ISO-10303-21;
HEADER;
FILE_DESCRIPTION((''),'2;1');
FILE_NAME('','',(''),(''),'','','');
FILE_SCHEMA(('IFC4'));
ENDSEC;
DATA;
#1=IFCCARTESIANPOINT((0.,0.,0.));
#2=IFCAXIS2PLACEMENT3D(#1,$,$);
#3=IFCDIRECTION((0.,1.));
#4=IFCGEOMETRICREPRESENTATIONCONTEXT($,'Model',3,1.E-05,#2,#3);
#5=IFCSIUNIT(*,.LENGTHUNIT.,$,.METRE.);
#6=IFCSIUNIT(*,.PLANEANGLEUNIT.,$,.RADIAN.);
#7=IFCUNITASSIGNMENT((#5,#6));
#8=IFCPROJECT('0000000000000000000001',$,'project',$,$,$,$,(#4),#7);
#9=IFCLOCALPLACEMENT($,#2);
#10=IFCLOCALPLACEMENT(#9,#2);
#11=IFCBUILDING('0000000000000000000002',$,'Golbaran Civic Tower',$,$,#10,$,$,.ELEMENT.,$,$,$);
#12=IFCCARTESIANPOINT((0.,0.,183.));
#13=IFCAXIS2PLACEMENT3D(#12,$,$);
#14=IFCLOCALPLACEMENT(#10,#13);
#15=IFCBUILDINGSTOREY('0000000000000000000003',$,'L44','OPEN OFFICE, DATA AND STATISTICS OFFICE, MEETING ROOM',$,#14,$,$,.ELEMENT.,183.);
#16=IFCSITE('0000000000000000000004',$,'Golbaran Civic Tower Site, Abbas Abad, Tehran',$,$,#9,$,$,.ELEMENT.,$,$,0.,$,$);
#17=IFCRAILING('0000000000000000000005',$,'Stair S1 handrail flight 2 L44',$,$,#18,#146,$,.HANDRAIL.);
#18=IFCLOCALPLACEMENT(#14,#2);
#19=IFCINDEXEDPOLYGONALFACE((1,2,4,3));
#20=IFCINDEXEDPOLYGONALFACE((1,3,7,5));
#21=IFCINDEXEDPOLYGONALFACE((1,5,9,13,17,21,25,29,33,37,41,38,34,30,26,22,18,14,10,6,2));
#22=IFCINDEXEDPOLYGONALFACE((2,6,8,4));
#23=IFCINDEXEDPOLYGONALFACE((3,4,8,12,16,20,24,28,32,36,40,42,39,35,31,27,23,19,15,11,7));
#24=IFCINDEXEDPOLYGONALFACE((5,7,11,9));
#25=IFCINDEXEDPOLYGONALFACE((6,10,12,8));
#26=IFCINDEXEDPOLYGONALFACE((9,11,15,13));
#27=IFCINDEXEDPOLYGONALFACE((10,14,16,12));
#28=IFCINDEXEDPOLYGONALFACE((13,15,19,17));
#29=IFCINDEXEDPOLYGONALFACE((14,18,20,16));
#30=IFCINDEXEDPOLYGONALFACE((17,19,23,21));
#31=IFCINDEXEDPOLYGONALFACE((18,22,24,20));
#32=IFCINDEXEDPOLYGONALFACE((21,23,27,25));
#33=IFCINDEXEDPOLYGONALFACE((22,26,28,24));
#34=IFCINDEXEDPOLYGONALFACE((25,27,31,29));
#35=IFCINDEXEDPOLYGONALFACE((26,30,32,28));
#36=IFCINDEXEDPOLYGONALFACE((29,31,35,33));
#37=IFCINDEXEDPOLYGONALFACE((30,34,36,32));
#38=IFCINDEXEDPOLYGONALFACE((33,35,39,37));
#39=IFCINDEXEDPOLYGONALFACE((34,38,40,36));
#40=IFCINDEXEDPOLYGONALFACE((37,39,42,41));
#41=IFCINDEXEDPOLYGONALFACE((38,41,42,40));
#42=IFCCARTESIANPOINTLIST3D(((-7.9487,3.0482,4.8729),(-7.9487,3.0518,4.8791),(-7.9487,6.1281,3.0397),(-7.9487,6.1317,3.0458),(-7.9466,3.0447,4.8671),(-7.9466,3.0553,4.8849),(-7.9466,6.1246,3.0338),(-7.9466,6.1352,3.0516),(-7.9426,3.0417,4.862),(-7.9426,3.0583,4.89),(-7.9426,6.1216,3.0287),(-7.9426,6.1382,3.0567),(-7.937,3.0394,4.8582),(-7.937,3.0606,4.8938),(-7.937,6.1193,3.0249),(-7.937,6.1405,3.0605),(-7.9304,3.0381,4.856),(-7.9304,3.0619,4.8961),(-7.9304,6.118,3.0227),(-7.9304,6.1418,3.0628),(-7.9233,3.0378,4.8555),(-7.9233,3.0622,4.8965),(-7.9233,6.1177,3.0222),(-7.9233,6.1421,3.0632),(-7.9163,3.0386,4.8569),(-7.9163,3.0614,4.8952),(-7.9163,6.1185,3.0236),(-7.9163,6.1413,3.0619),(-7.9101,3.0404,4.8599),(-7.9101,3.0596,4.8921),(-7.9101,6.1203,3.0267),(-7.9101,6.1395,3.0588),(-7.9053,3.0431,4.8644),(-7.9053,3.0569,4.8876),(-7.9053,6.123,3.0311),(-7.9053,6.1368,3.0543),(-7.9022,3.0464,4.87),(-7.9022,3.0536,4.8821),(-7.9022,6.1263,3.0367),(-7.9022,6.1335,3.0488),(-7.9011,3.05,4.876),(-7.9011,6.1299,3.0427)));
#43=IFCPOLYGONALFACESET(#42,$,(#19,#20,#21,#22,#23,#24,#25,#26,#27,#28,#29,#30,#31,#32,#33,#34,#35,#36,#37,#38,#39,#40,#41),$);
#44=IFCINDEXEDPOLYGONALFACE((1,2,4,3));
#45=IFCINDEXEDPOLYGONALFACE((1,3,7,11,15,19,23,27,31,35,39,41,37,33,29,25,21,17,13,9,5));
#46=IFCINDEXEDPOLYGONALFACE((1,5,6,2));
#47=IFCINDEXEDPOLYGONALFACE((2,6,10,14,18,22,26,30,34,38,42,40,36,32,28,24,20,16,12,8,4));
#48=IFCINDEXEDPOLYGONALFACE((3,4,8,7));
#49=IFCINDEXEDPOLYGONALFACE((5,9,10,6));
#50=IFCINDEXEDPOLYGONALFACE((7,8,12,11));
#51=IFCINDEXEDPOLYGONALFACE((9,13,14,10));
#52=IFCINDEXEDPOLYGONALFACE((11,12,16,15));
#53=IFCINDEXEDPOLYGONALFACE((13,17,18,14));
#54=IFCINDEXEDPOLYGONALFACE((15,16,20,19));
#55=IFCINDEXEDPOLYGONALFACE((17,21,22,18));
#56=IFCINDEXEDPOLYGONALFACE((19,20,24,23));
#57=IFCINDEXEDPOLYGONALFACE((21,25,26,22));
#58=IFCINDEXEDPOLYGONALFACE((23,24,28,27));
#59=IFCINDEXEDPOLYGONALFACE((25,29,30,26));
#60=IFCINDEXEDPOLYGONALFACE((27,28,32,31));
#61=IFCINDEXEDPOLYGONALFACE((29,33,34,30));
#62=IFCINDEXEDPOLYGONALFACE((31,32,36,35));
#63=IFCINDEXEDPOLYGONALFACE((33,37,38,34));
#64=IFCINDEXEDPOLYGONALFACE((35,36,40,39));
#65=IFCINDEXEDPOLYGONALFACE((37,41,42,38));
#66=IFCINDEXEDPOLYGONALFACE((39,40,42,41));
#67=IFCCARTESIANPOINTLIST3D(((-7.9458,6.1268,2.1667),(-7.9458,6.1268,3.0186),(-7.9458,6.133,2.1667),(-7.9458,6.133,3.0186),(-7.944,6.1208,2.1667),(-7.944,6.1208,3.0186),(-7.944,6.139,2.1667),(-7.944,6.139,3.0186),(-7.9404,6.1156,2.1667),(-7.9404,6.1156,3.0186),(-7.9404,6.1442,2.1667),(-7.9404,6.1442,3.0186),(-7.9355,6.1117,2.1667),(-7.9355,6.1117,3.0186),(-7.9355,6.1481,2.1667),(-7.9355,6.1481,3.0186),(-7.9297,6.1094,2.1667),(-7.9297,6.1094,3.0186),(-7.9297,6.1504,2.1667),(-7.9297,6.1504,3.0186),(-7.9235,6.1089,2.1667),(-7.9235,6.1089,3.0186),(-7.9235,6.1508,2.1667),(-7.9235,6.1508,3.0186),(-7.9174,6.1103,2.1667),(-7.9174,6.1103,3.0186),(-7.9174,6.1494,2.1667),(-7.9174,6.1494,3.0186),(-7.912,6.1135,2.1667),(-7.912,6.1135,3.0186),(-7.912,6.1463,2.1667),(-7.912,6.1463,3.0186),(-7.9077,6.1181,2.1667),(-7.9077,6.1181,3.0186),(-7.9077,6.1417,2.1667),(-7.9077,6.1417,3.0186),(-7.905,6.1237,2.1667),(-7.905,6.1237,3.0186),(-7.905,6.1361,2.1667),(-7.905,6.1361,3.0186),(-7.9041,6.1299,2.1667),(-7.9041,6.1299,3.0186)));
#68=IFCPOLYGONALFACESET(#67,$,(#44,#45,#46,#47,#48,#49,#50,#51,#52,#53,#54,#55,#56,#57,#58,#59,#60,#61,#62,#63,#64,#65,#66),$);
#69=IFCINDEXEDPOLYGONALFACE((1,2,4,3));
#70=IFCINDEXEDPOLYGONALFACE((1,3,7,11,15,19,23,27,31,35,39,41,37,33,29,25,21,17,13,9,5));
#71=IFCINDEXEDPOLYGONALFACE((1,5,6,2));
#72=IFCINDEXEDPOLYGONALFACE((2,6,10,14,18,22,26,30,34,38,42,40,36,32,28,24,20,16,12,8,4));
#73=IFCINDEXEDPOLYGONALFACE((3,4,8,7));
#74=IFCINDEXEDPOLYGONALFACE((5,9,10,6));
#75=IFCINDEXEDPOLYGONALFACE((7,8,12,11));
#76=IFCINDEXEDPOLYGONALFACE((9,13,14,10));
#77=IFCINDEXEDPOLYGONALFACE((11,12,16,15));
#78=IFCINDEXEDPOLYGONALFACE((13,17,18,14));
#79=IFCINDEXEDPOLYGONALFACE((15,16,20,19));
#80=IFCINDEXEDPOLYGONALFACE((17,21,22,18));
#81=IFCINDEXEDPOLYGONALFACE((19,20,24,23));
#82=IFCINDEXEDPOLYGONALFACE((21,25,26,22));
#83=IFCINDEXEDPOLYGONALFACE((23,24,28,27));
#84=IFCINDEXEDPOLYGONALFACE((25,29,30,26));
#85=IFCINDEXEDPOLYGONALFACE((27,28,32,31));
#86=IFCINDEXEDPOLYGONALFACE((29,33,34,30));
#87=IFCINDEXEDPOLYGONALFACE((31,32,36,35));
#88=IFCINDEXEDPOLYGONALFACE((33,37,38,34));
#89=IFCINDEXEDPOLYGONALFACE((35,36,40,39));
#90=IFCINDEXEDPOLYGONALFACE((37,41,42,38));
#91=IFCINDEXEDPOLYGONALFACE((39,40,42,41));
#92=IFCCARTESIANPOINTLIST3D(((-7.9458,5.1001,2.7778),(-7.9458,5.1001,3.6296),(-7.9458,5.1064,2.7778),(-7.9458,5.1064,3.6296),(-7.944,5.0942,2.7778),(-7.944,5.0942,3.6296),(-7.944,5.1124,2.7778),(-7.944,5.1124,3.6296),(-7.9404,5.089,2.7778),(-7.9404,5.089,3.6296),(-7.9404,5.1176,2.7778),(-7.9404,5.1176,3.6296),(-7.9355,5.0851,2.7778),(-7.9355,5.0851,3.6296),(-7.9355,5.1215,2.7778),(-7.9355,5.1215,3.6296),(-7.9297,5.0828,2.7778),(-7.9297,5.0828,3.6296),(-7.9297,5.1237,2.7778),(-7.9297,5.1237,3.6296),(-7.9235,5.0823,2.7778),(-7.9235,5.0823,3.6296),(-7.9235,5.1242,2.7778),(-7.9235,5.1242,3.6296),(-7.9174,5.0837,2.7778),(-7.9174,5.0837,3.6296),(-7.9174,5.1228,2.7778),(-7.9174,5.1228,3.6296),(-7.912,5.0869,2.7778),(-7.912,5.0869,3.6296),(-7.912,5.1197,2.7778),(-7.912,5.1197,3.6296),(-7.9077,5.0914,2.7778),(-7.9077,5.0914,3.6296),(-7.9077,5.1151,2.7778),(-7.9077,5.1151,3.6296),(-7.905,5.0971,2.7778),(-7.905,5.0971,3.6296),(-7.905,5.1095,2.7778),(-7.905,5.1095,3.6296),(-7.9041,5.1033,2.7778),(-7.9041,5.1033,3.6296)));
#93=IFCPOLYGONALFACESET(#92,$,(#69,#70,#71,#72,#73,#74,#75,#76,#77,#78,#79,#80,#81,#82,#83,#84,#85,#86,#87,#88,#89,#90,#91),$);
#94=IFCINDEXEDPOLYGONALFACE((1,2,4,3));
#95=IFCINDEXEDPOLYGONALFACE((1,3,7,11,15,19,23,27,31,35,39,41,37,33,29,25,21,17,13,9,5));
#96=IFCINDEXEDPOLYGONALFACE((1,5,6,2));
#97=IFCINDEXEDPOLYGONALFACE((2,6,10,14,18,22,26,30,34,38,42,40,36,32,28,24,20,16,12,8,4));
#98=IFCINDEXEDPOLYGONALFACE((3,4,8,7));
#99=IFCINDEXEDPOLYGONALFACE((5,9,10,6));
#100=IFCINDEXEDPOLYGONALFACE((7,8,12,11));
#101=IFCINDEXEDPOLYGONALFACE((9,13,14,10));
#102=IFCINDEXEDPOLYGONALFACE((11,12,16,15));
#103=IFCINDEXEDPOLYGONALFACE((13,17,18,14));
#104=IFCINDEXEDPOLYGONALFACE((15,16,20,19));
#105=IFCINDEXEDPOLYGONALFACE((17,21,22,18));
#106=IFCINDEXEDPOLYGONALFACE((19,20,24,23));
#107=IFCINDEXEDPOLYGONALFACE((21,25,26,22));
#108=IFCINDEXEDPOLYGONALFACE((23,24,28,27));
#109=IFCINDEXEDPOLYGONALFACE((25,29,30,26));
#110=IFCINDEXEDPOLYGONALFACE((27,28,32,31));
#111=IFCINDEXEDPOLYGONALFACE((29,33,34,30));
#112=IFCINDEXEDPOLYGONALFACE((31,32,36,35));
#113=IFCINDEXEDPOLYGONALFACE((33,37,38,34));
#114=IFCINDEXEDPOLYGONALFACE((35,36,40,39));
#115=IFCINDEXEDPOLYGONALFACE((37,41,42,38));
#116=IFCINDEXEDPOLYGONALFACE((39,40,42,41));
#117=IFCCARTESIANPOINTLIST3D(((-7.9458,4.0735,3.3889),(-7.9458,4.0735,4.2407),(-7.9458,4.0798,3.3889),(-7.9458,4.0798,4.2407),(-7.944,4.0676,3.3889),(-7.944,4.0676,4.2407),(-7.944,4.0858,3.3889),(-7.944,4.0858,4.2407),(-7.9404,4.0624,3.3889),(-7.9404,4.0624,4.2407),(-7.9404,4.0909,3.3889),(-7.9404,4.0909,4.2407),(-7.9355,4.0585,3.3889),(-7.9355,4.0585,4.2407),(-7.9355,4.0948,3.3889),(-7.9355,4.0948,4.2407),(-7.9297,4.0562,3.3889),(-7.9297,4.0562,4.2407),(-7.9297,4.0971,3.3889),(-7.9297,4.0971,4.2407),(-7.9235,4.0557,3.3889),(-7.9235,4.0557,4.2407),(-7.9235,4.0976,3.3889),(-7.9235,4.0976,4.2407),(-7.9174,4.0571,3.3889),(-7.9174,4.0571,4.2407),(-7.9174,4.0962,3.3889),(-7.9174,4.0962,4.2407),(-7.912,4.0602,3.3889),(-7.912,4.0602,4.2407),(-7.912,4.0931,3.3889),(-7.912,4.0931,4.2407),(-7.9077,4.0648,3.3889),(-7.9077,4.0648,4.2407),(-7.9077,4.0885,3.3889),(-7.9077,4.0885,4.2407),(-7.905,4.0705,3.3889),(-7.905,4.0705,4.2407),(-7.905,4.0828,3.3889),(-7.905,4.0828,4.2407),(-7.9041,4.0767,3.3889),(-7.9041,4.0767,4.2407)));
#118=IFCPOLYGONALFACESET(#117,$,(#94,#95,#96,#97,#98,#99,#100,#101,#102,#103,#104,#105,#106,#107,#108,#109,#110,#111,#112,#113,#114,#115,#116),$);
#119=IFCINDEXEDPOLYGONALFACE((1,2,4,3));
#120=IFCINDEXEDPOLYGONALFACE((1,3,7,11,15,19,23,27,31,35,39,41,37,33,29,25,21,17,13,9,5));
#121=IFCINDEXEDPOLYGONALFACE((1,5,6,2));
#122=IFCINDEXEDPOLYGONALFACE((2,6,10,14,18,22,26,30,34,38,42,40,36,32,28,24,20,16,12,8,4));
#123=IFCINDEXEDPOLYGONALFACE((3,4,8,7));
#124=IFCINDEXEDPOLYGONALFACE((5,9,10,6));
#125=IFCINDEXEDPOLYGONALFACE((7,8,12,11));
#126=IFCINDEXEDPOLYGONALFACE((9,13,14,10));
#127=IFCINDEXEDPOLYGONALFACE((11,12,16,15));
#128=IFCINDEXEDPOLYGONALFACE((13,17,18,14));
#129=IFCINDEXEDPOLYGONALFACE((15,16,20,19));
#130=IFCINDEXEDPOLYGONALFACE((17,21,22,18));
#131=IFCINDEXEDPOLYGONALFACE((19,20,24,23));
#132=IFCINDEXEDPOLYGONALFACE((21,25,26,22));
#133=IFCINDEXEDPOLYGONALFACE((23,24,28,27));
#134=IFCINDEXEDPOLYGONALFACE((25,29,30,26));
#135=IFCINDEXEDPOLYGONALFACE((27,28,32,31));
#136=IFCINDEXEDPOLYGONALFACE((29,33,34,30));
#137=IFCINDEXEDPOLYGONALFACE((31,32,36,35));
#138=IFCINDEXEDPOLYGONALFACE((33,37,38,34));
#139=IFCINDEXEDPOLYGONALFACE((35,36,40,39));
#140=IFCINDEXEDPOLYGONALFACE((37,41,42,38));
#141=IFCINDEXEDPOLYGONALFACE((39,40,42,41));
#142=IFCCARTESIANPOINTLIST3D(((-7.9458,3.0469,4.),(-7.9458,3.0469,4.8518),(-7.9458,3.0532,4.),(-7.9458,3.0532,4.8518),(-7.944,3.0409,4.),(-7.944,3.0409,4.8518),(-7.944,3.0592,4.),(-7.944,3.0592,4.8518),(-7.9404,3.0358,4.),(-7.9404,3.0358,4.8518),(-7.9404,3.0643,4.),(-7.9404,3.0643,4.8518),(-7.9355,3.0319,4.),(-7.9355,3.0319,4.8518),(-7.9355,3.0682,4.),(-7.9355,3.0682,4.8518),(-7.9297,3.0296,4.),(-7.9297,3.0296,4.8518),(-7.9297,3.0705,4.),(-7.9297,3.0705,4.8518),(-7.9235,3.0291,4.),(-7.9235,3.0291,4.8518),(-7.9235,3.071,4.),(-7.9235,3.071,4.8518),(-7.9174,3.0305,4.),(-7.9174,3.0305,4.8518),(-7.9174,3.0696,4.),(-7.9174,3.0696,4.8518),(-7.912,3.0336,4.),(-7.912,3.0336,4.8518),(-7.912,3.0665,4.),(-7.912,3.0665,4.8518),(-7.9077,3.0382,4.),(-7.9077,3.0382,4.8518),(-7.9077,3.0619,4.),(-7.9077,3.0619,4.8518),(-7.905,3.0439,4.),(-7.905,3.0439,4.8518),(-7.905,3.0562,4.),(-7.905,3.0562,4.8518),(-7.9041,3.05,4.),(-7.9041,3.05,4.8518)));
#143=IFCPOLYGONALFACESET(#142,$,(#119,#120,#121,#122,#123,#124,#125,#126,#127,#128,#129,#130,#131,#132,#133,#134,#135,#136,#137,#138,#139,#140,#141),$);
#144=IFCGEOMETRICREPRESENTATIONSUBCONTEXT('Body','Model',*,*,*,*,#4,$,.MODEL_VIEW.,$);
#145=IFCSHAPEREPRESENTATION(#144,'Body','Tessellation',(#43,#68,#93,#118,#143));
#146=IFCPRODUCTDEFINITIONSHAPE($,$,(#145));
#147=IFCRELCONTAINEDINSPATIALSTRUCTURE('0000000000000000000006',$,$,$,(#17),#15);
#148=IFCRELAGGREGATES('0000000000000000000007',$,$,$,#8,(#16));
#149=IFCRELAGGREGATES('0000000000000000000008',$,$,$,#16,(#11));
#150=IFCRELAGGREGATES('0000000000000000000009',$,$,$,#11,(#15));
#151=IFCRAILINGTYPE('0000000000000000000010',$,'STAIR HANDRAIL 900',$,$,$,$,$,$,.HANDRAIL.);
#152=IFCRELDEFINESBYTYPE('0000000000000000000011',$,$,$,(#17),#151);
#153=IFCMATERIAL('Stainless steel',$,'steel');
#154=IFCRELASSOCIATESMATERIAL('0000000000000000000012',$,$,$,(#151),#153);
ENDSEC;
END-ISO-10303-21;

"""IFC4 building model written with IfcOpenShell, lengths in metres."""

from ifc_helpers import new_model, si_unit, direction, frame, origin, origin_2d, place, context, subcontext, project, spatial, circle, extrude, material, type_object, element, save


model = new_model("IFC4")

# Units and contexts
model_context = context("Model", 3, precision=1e-05, world=origin(), true_north=direction((0.0, 1.0)))
body_context = subcontext(model_context, "Body", "Model", "MODEL_VIEW")
ifc_project = project(units=[si_unit("LENGTHUNIT", "METRE"), si_unit("PLANEANGLEUNIT", "RADIAN")], contexts=[model_context])

# Site, building, storey
site_placement = place(None, origin())
site = spatial("IfcSite", under=ifc_project, at=site_placement, Name="Golbaran Civic Tower Site, Abbas Abad, Tehran", CompositionType="ELEMENT", RefElevation=0.0)
building_placement = place(site_placement, origin())
building = spatial("IfcBuilding", under=site, at=building_placement, Name="Golbaran Civic Tower", CompositionType="ELEMENT")
storey_placement = place(building_placement, frame((0.0, 0.0, 183.0)))
storey = spatial("IfcBuildingStorey", under=building, at=storey_placement, Name="L44", Description="OPEN OFFICE, DATA AND STATISTICS OFFICE, MEETING ROOM", CompositionType="ELEMENT", Elevation=183.0)

# Shared definitions
ifc_material_1 = material(Name="Stainless steel", Category="steel")

# Railing
railing_type = type_object("IfcRailingType", Name="STAIR HANDRAIL 900", PredefinedType="HANDRAIL", material=ifc_material_1)
railing_1_placement = place(storey_placement, frame((-7.925, 6.1299, 2.1667)))
element("IfcRailing", 1, at=railing_1_placement, inside=storey, type_object=railing_type, Name="Stair S1 handrail flight 2 L44", PredefinedType="HANDRAIL", context=body_context, shape_type="SweptSolid", body=[
    extrude(circle(Radius=0.0239, at=origin_2d()), frame((0.0, 0.0, 0.876), z_axis=(0.0, -0.859291, 0.511487), x_axis=(1.0, 0.0, 0.0)), (0.0, 0.0, 1.0), 3.5842),
    extrude(circle(Radius=0.021, at=origin_2d()), origin(), (0.0, 0.0, 1.0), 0.8518),
    extrude(circle(Radius=0.021, at=origin_2d()), frame((0.0, -1.0266, 0.6111)), (0.0, 0.0, 1.0), 0.8518),
    extrude(circle(Radius=0.021, at=origin_2d()), frame((0.0, -2.0532, 1.2222)), (0.0, 0.0, 1.0), 0.8518),
    extrude(circle(Radius=0.021, at=origin_2d()), frame((0.0, -3.0798, 1.8333)), (0.0, 0.0, 1.0), 0.8518),
])

save(model, "model.ifc")
